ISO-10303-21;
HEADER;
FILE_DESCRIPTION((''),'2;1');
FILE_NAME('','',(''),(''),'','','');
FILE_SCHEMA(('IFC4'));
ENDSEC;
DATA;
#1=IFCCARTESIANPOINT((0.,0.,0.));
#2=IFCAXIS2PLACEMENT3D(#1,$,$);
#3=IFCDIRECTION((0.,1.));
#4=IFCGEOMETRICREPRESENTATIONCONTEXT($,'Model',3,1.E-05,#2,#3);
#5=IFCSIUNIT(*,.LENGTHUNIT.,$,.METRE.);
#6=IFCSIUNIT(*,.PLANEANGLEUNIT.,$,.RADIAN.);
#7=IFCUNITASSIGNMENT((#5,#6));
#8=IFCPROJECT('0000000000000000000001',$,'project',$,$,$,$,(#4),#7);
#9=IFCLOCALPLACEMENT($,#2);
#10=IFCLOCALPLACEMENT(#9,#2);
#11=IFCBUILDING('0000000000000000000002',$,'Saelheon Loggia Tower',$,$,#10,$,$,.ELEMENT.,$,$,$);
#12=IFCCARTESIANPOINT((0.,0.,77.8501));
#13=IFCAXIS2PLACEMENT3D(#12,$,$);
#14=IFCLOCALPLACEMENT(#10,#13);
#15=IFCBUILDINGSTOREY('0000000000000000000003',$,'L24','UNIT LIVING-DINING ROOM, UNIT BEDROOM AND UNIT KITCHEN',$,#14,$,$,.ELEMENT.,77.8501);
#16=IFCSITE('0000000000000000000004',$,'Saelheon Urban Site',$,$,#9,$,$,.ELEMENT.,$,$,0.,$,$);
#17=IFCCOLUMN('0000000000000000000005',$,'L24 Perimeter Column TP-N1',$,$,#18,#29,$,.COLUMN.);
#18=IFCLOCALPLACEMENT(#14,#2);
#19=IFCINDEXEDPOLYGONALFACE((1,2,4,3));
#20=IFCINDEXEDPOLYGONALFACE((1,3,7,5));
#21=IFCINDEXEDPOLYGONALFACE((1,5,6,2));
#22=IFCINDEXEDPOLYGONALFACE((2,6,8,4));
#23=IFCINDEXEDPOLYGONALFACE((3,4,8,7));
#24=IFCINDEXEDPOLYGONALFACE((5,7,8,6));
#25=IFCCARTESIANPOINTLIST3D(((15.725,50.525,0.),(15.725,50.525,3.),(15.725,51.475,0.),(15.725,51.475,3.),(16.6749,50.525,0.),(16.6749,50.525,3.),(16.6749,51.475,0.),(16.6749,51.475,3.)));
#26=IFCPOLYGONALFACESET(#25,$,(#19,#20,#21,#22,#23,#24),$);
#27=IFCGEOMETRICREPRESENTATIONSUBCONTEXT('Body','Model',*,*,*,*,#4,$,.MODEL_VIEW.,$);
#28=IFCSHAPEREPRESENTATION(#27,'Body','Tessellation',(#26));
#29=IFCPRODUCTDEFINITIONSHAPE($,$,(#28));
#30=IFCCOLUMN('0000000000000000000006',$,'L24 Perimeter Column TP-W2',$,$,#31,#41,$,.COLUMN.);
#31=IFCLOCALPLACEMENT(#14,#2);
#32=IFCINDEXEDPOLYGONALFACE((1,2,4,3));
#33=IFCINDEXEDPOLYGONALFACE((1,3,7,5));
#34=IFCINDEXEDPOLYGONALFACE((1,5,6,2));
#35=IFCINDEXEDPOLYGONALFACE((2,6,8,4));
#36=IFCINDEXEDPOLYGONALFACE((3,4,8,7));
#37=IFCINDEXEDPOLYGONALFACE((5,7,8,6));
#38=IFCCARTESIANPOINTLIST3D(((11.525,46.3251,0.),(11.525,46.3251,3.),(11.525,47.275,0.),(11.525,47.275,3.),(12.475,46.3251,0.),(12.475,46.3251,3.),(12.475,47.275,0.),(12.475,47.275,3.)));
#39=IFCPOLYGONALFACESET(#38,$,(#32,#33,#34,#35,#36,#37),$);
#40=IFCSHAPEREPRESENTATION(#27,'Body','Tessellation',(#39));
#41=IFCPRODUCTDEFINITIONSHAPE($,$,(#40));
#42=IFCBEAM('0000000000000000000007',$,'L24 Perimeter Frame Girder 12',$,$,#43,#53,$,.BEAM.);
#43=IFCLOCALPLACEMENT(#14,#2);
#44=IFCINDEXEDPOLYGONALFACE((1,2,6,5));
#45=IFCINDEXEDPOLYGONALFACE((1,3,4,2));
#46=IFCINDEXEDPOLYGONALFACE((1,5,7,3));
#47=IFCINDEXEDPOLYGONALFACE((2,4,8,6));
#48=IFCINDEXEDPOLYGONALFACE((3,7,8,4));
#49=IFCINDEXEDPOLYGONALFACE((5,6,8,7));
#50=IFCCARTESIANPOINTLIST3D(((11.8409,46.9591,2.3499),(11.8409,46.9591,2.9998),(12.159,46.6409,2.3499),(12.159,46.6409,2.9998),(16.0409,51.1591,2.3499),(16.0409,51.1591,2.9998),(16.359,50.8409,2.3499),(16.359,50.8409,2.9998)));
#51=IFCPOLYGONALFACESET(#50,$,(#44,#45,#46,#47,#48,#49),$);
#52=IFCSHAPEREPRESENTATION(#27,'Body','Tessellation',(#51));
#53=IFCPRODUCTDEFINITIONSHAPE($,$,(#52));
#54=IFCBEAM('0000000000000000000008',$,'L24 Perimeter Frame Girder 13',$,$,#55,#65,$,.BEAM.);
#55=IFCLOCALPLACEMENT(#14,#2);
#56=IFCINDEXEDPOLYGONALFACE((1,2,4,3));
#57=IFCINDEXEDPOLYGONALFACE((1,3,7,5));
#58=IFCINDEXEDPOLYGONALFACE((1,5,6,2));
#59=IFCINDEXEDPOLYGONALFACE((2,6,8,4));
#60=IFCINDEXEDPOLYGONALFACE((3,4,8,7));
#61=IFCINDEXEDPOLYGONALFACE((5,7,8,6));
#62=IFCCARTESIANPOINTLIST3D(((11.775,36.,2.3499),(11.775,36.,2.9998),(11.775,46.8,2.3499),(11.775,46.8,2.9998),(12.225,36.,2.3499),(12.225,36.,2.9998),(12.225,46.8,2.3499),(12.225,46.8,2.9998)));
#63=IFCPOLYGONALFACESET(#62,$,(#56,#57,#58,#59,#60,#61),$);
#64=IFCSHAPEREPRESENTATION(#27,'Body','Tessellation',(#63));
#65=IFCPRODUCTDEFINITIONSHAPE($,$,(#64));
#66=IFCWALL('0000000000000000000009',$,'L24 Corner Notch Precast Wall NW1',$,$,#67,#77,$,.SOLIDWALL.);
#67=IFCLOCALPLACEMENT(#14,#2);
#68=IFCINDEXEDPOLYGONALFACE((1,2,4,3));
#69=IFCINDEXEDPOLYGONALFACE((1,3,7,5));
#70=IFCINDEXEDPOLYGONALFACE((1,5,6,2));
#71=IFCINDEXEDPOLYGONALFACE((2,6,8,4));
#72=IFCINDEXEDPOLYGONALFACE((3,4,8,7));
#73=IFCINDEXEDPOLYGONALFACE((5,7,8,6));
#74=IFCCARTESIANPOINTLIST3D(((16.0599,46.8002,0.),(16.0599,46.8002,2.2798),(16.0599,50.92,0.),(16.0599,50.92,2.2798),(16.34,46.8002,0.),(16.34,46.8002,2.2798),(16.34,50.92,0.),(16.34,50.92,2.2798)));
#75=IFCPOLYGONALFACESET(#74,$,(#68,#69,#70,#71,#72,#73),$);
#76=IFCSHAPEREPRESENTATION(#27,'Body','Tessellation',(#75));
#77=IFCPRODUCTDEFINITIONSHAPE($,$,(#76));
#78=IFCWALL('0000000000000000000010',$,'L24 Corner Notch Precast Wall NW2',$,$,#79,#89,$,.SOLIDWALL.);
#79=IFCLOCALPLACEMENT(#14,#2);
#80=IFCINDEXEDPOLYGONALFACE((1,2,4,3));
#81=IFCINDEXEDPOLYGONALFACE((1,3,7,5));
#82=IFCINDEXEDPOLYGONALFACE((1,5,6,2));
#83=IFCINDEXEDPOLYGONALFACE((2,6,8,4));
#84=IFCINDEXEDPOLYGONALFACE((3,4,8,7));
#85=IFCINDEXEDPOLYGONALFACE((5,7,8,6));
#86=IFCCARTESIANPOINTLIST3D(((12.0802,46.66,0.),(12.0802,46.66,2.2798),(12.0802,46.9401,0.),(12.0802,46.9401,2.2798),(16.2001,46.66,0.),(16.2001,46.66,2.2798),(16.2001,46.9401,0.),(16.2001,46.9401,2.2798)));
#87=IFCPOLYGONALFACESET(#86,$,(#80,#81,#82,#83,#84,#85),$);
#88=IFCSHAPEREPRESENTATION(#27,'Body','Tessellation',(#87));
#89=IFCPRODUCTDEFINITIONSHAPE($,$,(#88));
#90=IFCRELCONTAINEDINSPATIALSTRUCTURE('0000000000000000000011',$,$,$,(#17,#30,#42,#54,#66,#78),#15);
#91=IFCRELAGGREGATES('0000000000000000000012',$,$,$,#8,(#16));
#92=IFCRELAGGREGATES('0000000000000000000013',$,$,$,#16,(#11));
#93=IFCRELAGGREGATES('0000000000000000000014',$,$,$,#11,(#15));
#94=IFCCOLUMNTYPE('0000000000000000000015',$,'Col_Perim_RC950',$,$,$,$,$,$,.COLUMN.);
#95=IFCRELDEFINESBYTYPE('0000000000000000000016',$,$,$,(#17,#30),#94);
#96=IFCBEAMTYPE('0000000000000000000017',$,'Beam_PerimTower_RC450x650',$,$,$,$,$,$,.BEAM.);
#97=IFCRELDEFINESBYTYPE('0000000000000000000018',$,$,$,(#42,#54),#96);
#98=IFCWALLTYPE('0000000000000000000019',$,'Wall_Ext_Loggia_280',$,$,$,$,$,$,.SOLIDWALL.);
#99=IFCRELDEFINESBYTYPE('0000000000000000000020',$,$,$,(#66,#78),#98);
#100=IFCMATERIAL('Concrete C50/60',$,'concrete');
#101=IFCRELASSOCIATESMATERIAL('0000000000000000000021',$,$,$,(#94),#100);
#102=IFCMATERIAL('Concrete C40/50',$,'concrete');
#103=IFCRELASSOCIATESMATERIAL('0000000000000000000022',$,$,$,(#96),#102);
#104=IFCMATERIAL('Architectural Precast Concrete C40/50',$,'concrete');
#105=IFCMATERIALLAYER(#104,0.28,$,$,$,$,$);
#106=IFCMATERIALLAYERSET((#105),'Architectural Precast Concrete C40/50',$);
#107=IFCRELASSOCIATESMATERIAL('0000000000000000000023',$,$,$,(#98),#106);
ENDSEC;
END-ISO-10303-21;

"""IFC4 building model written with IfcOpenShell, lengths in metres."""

from ifc_helpers import new_model, si_unit, direction, frame, frame_2d, origin, origin_2d, place, context, subcontext, project, spatial, rectangle, extrude, source, transform, mapped, material, layer, layer_set, material_profile, profile_set, type_object, element, save


model = new_model("IFC4")

# Units and contexts
model_context = context("Model", 3, precision=1e-05, world=origin(), true_north=direction((0.0, 1.0)))
body_context = subcontext(model_context, "Body", "Model", "MODEL_VIEW")
ifc_project = project(units=[si_unit("LENGTHUNIT", "METRE"), si_unit("PLANEANGLEUNIT", "RADIAN")], contexts=[model_context])

# Site, building, storey
site_placement = place(None, origin())
site = spatial("IfcSite", under=ifc_project, at=site_placement, Name="Saelheon Urban Site", CompositionType="ELEMENT", RefElevation=0.0)
building_placement = place(site_placement, origin())
building = spatial("IfcBuilding", under=site, at=building_placement, Name="Saelheon Loggia Tower", CompositionType="ELEMENT")
storey_placement = place(building_placement, frame((0.0, 0.0, 77.8501)))
storey = spatial("IfcBuildingStorey", under=building, at=storey_placement, Name="L24", Description="UNIT LIVING-DINING ROOM, UNIT BEDROOM AND UNIT KITCHEN", CompositionType="ELEMENT", Elevation=77.8501)

# Columns
ifc_material_1 = material(Name="Concrete C50/60", Category="concrete")
ifc_material_profile_1 = material_profile(ifc_material_1, rectangle(XDim=0.95, YDim=0.95, at=origin_2d()), Name="RC-950x950")
ifc_profile_set_1 = profile_set([ifc_material_profile_1], Name="Concrete C50/60")
column_type = type_object("IfcColumnType", Name="Col_Perim_RC950", PredefinedType="COLUMN", material=ifc_profile_set_1)
shared_shape_1 = source(origin(), body_context, "Body", "SweptSolid", [
    extrude(rectangle(XDim=0.95, YDim=0.95, at=origin_2d()), origin(), (0.0, 0.0, 1.0), 3.0),
])
for number, where, z_axis, x_axis, name in (
    (1, (16.2, 51.0, 0.0), (0.0, 0.0, 1.0), (1.0, 0.0, 0.0), "L24 Perimeter Column TP-N1"),
    (2, (12.0, 46.8, 0.0), (0.0, 0.0, 1.0), (1.0, 0.0, 0.0), "L24 Perimeter Column TP-W2"),
):
    element("IfcColumn", number, at=place(storey_placement, frame(where, z_axis=z_axis, x_axis=x_axis)), inside=storey, type_object=column_type, Name=name, PredefinedType="COLUMN", context=body_context, shape_type="MappedRepresentation", body=[
        mapped(shared_shape_1, transform((0.0, 0.0, 0.0), scale=1.0)),
    ])

# Beams
ifc_material_2 = material(Name="Concrete C40/50", Category="concrete")
ifc_material_profile_2 = material_profile(ifc_material_2, rectangle(XDim=0.45, YDim=0.6499, at=origin_2d()), Name="RC-450x650")
ifc_profile_set_2 = profile_set([ifc_material_profile_2], Name="Concrete C40/50")
beam_type = type_object("IfcBeamType", Name="Beam_PerimTower_RC450x650", PredefinedType="BEAM", material=ifc_profile_set_2)
shared_shape_2 = source(origin(), body_context, "Body", "SweptSolid", [
    extrude(rectangle(XDim=0.45, YDim=0.6499, at=origin_2d()), origin(), (0.0, 0.0, 1.0), 5.9397),
])
beam_1_placement = place(storey_placement, frame((16.2, 51.0, 2.6748), z_axis=(-0.707107, -0.707107, 0.0), x_axis=(0.707107, -0.707107, 0.0)))
element("IfcBeam", 3, at=beam_1_placement, inside=storey, type_object=beam_type, Name="L24 Perimeter Frame Girder 12", PredefinedType="BEAM", context=body_context, shape_type="MappedRepresentation", body=[
    mapped(shared_shape_2, transform((0.0, 0.0, 0.0), scale=1.0)),
])
shared_shape_3 = source(origin(), body_context, "Body", "SweptSolid", [
    extrude(rectangle(XDim=0.45, YDim=0.6499, at=origin_2d()), origin(), (0.0, 0.0, 1.0), 10.8),
])
beam_2_placement = place(storey_placement, frame((12.0, 46.8, 2.6748), z_axis=(0.0, -1.0, 0.0), x_axis=(1.0, 0.0, 0.0)))
element("IfcBeam", 4, at=beam_2_placement, inside=storey, type_object=beam_type, Name="L24 Perimeter Frame Girder 13", PredefinedType="BEAM", context=body_context, shape_type="MappedRepresentation", body=[
    mapped(shared_shape_3, transform((0.0, 0.0, 0.0), scale=1.0)),
])

# Shared definitions
ifc_material_3 = material(Name="Architectural Precast Concrete C40/50", Category="concrete")
ifc_layer = layer(ifc_material_3, 0.28)
ifc_layer_set = layer_set([ifc_layer], Name="Architectural Precast Concrete C40/50")
wall_type = type_object("IfcWallType", Name="Wall_Ext_Loggia_280", PredefinedType="SOLIDWALL", material=ifc_layer_set)

# Walls
for number, where, z_axis, x_axis, name in (
    (5, (16.2, 46.8, 0.0), (0.0, 0.0, 1.0), (0.0, 1.0, 0.0), "L24 Corner Notch Precast Wall NW1"),
    (6, (12.0801, 46.8, 0.0), (0.0, 0.0, 1.0), (1.0, 0.0, 0.0), "L24 Corner Notch Precast Wall NW2"),
):
    element("IfcWall", number, at=place(storey_placement, frame(where, z_axis=z_axis, x_axis=x_axis)), inside=storey, type_object=wall_type, Name=name, PredefinedType="SOLIDWALL", context=body_context, shape_type="SweptSolid", body=[
        extrude(rectangle(XDim=4.1199, YDim=0.28, at=frame_2d((2.0601, 0.0))), origin(), (0.0, 0.0, 1.0), 2.2798),
    ])

save(model, "model.ifc")
